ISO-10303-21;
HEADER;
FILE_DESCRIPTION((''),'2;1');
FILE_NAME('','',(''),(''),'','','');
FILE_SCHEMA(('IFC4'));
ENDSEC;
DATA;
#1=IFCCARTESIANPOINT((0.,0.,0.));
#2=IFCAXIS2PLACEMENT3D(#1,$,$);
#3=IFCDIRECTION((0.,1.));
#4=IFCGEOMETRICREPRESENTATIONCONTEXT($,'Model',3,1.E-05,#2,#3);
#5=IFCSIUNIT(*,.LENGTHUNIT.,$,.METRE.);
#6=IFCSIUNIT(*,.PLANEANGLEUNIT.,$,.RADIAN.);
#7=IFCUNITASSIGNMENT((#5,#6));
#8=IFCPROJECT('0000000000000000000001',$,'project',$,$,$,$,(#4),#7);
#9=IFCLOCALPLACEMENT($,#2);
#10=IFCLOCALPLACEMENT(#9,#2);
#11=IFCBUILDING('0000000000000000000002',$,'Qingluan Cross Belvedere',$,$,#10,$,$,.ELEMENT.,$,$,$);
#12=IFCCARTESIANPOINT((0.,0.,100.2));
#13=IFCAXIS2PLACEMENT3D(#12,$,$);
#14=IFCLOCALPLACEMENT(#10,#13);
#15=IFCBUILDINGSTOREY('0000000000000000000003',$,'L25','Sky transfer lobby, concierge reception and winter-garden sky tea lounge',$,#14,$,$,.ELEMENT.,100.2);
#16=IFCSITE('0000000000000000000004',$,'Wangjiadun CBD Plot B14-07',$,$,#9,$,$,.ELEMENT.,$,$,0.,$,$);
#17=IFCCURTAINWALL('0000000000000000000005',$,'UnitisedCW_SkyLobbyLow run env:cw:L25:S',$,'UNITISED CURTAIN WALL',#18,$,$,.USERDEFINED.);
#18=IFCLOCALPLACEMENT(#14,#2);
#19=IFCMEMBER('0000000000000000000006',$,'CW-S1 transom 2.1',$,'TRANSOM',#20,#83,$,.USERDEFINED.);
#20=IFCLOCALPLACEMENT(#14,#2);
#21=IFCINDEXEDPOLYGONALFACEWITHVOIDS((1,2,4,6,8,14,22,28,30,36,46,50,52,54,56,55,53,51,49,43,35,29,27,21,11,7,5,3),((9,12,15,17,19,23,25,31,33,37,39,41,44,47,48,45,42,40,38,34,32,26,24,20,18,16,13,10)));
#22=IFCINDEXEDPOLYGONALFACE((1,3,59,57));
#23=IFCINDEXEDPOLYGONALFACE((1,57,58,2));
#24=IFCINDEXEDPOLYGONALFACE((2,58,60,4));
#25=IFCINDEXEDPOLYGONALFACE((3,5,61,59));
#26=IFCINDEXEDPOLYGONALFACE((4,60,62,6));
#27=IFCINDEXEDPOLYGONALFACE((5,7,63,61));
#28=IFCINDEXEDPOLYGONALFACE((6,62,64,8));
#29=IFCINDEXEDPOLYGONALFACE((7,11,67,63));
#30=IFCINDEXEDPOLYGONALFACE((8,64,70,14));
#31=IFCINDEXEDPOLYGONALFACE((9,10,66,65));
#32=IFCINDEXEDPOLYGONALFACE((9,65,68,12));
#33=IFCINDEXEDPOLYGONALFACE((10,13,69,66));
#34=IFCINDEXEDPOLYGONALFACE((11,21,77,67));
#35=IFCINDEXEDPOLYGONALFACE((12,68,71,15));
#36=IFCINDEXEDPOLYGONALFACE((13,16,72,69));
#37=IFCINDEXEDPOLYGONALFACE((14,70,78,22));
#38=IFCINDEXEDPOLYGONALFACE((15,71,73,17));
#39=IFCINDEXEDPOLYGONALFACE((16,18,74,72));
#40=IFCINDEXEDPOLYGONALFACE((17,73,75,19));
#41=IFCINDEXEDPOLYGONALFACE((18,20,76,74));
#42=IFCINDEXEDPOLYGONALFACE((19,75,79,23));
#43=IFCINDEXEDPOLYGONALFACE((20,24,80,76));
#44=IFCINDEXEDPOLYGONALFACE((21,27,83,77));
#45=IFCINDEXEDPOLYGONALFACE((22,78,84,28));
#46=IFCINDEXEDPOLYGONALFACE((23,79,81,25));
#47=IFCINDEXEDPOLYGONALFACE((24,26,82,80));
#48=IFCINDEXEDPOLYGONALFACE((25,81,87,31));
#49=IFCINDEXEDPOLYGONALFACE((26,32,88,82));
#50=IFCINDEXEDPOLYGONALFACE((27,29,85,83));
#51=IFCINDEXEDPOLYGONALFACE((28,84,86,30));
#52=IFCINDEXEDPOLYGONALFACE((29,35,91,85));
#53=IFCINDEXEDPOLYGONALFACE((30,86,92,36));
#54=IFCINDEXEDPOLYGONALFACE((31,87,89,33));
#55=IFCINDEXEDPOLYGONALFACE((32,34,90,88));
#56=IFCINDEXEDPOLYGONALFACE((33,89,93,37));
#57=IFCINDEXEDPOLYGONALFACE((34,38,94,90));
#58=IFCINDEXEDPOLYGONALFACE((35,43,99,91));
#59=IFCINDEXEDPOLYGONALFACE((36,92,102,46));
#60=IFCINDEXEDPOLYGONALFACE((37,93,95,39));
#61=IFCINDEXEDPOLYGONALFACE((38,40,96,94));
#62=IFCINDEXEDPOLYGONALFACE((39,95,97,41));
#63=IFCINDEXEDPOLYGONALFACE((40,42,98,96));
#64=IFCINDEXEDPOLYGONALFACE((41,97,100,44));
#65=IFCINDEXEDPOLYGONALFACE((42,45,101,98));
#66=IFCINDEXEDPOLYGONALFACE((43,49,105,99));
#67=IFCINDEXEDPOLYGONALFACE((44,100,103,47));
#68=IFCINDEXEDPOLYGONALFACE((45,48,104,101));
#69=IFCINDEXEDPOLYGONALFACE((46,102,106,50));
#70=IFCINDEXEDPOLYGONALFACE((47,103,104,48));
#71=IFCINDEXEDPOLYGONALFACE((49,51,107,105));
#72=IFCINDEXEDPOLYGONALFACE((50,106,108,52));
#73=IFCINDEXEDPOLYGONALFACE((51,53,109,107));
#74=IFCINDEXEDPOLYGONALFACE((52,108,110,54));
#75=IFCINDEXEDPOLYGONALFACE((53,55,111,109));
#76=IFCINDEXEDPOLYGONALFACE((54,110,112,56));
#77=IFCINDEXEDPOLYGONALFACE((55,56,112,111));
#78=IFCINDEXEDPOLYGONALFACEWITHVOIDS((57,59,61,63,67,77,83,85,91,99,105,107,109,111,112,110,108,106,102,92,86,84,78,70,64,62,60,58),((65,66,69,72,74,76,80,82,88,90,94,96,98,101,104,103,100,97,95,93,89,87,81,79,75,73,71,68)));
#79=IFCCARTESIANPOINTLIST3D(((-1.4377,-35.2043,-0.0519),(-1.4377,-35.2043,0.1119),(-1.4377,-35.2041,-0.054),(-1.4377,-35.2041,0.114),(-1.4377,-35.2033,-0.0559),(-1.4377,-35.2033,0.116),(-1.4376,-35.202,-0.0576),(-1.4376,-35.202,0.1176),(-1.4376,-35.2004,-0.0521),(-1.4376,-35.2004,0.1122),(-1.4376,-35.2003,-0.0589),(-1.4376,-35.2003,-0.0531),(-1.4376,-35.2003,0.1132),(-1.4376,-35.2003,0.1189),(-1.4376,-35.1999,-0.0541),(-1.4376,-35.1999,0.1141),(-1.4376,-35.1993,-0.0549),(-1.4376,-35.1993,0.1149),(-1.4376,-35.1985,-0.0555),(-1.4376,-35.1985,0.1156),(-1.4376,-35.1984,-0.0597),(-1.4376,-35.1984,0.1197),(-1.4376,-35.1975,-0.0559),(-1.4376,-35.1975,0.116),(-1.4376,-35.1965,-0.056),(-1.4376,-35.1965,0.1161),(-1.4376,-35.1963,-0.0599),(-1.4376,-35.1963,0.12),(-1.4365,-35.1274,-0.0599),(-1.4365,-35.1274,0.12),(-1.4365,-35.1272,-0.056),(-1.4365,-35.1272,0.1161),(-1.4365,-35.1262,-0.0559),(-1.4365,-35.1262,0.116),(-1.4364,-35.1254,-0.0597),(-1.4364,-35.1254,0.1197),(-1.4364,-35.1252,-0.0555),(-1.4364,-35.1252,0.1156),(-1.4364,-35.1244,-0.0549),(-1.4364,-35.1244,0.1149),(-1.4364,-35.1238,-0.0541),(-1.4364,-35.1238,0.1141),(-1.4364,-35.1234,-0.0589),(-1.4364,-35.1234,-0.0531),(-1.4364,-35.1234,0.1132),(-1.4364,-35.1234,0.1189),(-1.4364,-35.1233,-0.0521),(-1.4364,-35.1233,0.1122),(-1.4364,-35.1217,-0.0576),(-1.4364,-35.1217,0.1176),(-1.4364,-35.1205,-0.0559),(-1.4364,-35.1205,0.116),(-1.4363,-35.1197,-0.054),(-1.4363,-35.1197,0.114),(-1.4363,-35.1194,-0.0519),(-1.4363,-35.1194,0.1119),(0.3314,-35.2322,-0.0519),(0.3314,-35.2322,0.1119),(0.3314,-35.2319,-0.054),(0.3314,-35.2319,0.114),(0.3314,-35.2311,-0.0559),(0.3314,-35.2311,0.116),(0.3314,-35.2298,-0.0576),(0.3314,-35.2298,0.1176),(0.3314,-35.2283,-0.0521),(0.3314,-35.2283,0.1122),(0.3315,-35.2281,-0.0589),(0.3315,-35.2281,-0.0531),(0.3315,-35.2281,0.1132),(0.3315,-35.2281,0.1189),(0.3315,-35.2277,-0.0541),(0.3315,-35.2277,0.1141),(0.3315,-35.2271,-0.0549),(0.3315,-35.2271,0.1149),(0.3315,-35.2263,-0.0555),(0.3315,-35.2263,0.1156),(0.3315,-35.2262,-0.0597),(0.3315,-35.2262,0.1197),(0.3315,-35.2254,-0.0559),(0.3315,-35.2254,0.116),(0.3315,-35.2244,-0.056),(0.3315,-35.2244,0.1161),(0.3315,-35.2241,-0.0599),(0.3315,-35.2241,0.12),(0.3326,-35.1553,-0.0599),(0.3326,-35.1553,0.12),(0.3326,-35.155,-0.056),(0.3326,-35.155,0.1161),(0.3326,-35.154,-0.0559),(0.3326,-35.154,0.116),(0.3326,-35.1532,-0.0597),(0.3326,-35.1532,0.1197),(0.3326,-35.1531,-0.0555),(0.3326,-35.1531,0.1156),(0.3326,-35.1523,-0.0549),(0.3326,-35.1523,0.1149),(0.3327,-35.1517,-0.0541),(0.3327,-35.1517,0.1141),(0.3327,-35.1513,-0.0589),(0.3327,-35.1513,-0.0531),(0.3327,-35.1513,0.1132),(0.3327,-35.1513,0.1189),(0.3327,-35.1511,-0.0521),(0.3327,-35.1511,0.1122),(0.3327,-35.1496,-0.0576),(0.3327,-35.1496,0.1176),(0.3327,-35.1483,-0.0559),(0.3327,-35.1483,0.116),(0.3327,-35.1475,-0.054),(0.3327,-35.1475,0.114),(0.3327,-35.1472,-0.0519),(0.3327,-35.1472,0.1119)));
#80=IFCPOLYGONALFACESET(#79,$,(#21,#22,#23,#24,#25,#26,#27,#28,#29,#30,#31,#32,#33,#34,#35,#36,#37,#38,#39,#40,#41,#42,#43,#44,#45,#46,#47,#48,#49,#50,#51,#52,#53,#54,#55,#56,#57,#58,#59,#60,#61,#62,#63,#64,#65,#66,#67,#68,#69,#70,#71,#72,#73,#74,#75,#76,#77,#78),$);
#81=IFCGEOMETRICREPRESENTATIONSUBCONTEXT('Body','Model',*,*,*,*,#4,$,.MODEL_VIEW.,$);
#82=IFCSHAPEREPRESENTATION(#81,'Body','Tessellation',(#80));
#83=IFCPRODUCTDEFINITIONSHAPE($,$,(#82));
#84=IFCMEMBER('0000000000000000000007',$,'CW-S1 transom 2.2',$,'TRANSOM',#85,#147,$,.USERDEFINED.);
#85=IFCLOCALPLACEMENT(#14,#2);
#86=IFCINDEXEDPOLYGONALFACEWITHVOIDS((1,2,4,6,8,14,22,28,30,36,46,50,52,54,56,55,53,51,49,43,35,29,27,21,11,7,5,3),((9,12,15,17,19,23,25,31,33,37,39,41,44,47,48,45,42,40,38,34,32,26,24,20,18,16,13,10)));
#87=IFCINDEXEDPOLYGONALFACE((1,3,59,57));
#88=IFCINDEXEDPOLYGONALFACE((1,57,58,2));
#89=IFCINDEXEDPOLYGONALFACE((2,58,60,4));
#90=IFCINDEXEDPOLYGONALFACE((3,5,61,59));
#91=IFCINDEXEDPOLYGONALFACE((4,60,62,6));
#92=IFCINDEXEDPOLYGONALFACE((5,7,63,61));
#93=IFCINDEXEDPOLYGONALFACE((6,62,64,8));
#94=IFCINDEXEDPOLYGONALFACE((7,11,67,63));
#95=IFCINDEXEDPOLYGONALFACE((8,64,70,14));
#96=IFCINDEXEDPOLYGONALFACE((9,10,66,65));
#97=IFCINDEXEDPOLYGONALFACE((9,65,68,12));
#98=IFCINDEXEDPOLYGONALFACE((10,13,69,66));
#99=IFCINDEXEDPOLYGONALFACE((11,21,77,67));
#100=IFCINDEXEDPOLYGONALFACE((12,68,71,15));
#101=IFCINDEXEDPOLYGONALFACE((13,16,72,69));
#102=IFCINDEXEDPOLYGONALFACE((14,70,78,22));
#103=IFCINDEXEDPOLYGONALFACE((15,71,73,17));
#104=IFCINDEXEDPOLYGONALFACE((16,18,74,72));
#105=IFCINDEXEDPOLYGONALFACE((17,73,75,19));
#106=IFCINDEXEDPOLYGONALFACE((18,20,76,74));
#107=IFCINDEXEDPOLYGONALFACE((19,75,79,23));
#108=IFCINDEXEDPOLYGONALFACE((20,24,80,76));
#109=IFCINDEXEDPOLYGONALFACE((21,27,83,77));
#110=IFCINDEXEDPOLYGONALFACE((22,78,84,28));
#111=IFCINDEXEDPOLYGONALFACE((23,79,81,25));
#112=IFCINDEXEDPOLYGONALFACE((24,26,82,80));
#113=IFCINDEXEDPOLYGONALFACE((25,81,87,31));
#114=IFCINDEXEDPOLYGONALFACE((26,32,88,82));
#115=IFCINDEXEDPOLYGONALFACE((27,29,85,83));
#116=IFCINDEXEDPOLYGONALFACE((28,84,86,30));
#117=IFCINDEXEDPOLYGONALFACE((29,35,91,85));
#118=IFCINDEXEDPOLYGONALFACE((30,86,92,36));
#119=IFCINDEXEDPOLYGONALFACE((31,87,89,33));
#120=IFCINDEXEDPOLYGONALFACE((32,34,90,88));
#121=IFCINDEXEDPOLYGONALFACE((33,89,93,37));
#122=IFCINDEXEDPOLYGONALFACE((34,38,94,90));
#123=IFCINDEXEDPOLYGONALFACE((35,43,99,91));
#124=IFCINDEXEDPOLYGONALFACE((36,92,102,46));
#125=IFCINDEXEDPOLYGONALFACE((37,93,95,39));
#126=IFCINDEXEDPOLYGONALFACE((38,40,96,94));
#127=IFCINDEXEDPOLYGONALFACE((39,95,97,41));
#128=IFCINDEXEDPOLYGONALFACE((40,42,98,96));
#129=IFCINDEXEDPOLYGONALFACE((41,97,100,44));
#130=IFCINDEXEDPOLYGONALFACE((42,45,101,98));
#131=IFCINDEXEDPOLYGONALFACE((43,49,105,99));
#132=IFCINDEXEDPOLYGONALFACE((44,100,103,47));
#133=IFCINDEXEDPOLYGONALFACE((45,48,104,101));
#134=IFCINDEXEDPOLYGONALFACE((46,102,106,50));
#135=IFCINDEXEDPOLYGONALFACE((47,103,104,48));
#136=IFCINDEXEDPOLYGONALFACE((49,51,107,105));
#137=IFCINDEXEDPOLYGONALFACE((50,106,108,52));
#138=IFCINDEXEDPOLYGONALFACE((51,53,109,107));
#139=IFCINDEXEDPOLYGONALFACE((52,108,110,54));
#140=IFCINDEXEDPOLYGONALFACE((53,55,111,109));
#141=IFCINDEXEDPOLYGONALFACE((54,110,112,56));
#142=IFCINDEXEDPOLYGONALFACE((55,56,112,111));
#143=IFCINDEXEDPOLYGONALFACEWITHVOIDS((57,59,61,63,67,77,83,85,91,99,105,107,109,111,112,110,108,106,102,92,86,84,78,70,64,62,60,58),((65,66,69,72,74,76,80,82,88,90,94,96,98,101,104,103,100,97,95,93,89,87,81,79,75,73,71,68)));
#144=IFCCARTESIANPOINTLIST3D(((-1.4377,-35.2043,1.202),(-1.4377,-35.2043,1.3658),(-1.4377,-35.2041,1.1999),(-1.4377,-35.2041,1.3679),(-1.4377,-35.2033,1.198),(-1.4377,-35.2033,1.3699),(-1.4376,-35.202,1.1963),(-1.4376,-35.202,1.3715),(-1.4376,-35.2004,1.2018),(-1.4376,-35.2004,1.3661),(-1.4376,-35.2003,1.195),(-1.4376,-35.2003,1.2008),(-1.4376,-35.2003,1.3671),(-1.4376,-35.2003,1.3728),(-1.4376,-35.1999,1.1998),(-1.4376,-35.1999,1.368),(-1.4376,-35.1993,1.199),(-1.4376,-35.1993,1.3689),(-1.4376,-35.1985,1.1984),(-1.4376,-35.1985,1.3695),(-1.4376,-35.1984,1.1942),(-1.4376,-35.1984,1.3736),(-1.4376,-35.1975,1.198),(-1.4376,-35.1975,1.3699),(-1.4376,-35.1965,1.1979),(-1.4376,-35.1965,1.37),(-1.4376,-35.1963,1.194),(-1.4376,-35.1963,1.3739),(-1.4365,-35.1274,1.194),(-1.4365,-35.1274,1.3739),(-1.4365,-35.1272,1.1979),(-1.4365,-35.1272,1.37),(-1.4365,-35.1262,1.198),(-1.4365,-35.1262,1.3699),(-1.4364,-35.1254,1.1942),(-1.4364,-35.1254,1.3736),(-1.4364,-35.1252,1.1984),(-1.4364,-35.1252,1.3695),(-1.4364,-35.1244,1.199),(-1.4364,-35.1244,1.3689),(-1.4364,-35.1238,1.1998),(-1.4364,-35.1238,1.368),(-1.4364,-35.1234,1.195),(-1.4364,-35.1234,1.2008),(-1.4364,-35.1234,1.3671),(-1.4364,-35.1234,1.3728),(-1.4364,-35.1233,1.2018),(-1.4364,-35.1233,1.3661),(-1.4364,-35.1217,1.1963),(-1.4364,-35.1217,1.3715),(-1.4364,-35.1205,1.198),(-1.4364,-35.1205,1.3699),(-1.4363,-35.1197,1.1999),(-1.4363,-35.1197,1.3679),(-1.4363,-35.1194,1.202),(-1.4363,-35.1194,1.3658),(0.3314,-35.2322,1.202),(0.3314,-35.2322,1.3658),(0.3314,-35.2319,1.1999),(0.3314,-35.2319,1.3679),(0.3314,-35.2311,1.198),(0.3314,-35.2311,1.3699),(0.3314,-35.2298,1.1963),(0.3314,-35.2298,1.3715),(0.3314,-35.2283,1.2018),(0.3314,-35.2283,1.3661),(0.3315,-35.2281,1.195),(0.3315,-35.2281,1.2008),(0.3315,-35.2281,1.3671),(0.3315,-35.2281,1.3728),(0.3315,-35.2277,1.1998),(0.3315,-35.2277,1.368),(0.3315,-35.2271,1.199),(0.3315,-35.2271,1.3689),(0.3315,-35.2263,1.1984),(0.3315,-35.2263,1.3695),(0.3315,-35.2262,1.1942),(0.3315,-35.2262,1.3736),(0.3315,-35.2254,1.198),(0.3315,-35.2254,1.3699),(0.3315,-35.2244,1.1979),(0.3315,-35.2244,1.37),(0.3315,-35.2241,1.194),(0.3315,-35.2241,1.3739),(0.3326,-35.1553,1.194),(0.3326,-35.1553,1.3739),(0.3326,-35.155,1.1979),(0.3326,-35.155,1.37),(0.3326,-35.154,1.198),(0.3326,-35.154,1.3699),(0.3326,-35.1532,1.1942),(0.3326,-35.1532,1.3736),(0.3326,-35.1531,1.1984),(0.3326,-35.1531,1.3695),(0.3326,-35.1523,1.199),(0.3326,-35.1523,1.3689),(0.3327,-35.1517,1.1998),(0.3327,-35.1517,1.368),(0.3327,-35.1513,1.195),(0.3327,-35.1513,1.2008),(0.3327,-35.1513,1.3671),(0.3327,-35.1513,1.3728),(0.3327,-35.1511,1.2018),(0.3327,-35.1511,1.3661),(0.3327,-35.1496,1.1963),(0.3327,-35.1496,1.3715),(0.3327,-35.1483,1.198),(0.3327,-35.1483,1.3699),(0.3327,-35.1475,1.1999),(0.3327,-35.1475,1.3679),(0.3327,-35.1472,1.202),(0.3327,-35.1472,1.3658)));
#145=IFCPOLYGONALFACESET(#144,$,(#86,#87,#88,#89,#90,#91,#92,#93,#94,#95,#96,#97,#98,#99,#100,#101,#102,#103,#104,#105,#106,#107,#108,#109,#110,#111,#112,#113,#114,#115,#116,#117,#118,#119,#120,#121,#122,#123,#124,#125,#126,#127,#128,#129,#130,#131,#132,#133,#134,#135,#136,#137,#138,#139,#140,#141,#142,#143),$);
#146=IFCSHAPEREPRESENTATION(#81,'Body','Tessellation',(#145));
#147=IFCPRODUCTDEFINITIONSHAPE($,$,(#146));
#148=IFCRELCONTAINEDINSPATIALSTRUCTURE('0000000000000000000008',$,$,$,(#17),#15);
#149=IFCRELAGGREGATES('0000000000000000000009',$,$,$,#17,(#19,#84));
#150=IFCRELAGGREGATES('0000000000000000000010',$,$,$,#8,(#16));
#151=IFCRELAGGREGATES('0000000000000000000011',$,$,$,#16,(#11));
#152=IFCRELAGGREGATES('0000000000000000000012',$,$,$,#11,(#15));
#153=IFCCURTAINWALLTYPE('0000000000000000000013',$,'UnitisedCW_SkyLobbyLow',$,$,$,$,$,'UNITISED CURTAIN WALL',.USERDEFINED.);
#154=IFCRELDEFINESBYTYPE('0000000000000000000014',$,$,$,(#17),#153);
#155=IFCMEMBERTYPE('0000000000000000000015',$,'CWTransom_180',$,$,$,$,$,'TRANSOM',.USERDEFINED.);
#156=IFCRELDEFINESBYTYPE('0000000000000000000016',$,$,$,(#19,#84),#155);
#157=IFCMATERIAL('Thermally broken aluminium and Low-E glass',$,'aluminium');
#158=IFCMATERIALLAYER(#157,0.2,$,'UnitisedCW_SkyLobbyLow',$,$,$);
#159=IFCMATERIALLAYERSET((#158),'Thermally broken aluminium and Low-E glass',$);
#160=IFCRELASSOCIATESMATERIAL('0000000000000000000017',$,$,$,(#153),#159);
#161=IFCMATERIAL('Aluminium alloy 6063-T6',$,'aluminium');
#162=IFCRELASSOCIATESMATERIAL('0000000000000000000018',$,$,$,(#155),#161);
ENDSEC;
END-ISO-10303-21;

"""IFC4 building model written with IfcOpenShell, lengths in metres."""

from ifc_helpers import new_model, si_unit, direction, frame, origin, origin_2d, place, context, subcontext, project, spatial, hollow_rectangle, extrude, material, layer, layer_set, material_profile, profile_set, type_object, element, aggregate, save


model = new_model("IFC4")

# Units and contexts
model_context = context("Model", 3, precision=1e-05, world=origin(), true_north=direction((0.0, 1.0)))
body_context = subcontext(model_context, "Body", "Model", "MODEL_VIEW")
ifc_project = project(units=[si_unit("LENGTHUNIT", "METRE"), si_unit("PLANEANGLEUNIT", "RADIAN")], contexts=[model_context])

# Site, building, storey
site_placement = place(None, origin())
site = spatial("IfcSite", under=ifc_project, at=site_placement, Name="Wangjiadun CBD Plot B14-07", CompositionType="ELEMENT", RefElevation=0.0)
building_placement = place(site_placement, origin())
building = spatial("IfcBuilding", under=site, at=building_placement, Name="Qingluan Cross Belvedere", CompositionType="ELEMENT")
storey_placement = place(building_placement, frame((0.0, 0.0, 100.2)))
storey = spatial("IfcBuildingStorey", under=building, at=storey_placement, Name="L25", Description="Sky transfer lobby, concierge reception and winter-garden sky tea lounge", CompositionType="ELEMENT", Elevation=100.2)

# Curtain wall, members
ifc_material_1 = material(Name="Thermally broken aluminium and Low-E glass", Category="aluminium")
ifc_layer_1 = layer(ifc_material_1, 0.2, Name="UnitisedCW_SkyLobbyLow")
ifc_layer_set_1 = layer_set([ifc_layer_1], Name="Thermally broken aluminium and Low-E glass")
curtain_wall_type = type_object("IfcCurtainWallType", Name="UnitisedCW_SkyLobbyLow", ElementType="UNITISED CURTAIN WALL", PredefinedType="USERDEFINED", material=ifc_layer_set_1)
curtain_wall_placement = place(storey_placement, origin())
curtain_wall = element("IfcCurtainWall", 1, at=curtain_wall_placement, inside=storey, type_object=curtain_wall_type, Name="UnitisedCW_SkyLobbyLow run env:cw:L25:S", ObjectType="UNITISED CURTAIN WALL", PredefinedType="USERDEFINED")
ifc_material_2 = material(Name="Aluminium alloy 6063-T6", Category="aluminium")
ifc_material_profile_1 = material_profile(ifc_material_2, hollow_rectangle(XDim=0.085, YDim=0.1799, WallThickness=0.0039, InnerFilletRadius=0.0039, OuterFilletRadius=0.0081, at=origin_2d()), Name="CWT180x85x4")
ifc_profile_set_1 = profile_set([ifc_material_profile_1], Name="Aluminium alloy 6063-T6")
member_type_1 = type_object("IfcMemberType", Name="CWTransom_180", ElementType="TRANSOM", PredefinedType="USERDEFINED", material=ifc_profile_set_1)
member_1_placement = place(storey_placement, frame((-1.437, -35.1619, 0.03), z_axis=(0.999876, -0.015731, 0.0), x_axis=(0.015731, 0.999876, 0.0)))
member_1 = element("IfcMember", 2, at=member_1_placement, type_object=member_type_1, Name="CW-S1 transom 2.1", ObjectType="TRANSOM", PredefinedType="USERDEFINED", context=body_context, shape_type="SweptSolid", body=[
    extrude(hollow_rectangle(XDim=0.085, YDim=0.1799, WallThickness=0.0039, InnerFilletRadius=0.0039, OuterFilletRadius=0.0081, at=origin_2d()), origin(), (0.0, 0.0, 1.0), 1.7693),
])
member_2_placement = place(storey_placement, frame((-1.437, -35.1619, 1.2839), z_axis=(0.999876, -0.015731, 0.0), x_axis=(0.015731, 0.999876, 0.0)))
member_2 = element("IfcMember", 3, at=member_2_placement, type_object=member_type_1, Name="CW-S1 transom 2.2", ObjectType="TRANSOM", PredefinedType="USERDEFINED", context=body_context, shape_type="SweptSolid", body=[
    extrude(hollow_rectangle(XDim=0.085, YDim=0.1799, WallThickness=0.0039, InnerFilletRadius=0.0039, OuterFilletRadius=0.0081, at=origin_2d()), origin(), (0.0, 0.0, 1.0), 1.7693),
])

aggregate(curtain_wall, [member_1, member_2])

save(model, "model.ifc")
